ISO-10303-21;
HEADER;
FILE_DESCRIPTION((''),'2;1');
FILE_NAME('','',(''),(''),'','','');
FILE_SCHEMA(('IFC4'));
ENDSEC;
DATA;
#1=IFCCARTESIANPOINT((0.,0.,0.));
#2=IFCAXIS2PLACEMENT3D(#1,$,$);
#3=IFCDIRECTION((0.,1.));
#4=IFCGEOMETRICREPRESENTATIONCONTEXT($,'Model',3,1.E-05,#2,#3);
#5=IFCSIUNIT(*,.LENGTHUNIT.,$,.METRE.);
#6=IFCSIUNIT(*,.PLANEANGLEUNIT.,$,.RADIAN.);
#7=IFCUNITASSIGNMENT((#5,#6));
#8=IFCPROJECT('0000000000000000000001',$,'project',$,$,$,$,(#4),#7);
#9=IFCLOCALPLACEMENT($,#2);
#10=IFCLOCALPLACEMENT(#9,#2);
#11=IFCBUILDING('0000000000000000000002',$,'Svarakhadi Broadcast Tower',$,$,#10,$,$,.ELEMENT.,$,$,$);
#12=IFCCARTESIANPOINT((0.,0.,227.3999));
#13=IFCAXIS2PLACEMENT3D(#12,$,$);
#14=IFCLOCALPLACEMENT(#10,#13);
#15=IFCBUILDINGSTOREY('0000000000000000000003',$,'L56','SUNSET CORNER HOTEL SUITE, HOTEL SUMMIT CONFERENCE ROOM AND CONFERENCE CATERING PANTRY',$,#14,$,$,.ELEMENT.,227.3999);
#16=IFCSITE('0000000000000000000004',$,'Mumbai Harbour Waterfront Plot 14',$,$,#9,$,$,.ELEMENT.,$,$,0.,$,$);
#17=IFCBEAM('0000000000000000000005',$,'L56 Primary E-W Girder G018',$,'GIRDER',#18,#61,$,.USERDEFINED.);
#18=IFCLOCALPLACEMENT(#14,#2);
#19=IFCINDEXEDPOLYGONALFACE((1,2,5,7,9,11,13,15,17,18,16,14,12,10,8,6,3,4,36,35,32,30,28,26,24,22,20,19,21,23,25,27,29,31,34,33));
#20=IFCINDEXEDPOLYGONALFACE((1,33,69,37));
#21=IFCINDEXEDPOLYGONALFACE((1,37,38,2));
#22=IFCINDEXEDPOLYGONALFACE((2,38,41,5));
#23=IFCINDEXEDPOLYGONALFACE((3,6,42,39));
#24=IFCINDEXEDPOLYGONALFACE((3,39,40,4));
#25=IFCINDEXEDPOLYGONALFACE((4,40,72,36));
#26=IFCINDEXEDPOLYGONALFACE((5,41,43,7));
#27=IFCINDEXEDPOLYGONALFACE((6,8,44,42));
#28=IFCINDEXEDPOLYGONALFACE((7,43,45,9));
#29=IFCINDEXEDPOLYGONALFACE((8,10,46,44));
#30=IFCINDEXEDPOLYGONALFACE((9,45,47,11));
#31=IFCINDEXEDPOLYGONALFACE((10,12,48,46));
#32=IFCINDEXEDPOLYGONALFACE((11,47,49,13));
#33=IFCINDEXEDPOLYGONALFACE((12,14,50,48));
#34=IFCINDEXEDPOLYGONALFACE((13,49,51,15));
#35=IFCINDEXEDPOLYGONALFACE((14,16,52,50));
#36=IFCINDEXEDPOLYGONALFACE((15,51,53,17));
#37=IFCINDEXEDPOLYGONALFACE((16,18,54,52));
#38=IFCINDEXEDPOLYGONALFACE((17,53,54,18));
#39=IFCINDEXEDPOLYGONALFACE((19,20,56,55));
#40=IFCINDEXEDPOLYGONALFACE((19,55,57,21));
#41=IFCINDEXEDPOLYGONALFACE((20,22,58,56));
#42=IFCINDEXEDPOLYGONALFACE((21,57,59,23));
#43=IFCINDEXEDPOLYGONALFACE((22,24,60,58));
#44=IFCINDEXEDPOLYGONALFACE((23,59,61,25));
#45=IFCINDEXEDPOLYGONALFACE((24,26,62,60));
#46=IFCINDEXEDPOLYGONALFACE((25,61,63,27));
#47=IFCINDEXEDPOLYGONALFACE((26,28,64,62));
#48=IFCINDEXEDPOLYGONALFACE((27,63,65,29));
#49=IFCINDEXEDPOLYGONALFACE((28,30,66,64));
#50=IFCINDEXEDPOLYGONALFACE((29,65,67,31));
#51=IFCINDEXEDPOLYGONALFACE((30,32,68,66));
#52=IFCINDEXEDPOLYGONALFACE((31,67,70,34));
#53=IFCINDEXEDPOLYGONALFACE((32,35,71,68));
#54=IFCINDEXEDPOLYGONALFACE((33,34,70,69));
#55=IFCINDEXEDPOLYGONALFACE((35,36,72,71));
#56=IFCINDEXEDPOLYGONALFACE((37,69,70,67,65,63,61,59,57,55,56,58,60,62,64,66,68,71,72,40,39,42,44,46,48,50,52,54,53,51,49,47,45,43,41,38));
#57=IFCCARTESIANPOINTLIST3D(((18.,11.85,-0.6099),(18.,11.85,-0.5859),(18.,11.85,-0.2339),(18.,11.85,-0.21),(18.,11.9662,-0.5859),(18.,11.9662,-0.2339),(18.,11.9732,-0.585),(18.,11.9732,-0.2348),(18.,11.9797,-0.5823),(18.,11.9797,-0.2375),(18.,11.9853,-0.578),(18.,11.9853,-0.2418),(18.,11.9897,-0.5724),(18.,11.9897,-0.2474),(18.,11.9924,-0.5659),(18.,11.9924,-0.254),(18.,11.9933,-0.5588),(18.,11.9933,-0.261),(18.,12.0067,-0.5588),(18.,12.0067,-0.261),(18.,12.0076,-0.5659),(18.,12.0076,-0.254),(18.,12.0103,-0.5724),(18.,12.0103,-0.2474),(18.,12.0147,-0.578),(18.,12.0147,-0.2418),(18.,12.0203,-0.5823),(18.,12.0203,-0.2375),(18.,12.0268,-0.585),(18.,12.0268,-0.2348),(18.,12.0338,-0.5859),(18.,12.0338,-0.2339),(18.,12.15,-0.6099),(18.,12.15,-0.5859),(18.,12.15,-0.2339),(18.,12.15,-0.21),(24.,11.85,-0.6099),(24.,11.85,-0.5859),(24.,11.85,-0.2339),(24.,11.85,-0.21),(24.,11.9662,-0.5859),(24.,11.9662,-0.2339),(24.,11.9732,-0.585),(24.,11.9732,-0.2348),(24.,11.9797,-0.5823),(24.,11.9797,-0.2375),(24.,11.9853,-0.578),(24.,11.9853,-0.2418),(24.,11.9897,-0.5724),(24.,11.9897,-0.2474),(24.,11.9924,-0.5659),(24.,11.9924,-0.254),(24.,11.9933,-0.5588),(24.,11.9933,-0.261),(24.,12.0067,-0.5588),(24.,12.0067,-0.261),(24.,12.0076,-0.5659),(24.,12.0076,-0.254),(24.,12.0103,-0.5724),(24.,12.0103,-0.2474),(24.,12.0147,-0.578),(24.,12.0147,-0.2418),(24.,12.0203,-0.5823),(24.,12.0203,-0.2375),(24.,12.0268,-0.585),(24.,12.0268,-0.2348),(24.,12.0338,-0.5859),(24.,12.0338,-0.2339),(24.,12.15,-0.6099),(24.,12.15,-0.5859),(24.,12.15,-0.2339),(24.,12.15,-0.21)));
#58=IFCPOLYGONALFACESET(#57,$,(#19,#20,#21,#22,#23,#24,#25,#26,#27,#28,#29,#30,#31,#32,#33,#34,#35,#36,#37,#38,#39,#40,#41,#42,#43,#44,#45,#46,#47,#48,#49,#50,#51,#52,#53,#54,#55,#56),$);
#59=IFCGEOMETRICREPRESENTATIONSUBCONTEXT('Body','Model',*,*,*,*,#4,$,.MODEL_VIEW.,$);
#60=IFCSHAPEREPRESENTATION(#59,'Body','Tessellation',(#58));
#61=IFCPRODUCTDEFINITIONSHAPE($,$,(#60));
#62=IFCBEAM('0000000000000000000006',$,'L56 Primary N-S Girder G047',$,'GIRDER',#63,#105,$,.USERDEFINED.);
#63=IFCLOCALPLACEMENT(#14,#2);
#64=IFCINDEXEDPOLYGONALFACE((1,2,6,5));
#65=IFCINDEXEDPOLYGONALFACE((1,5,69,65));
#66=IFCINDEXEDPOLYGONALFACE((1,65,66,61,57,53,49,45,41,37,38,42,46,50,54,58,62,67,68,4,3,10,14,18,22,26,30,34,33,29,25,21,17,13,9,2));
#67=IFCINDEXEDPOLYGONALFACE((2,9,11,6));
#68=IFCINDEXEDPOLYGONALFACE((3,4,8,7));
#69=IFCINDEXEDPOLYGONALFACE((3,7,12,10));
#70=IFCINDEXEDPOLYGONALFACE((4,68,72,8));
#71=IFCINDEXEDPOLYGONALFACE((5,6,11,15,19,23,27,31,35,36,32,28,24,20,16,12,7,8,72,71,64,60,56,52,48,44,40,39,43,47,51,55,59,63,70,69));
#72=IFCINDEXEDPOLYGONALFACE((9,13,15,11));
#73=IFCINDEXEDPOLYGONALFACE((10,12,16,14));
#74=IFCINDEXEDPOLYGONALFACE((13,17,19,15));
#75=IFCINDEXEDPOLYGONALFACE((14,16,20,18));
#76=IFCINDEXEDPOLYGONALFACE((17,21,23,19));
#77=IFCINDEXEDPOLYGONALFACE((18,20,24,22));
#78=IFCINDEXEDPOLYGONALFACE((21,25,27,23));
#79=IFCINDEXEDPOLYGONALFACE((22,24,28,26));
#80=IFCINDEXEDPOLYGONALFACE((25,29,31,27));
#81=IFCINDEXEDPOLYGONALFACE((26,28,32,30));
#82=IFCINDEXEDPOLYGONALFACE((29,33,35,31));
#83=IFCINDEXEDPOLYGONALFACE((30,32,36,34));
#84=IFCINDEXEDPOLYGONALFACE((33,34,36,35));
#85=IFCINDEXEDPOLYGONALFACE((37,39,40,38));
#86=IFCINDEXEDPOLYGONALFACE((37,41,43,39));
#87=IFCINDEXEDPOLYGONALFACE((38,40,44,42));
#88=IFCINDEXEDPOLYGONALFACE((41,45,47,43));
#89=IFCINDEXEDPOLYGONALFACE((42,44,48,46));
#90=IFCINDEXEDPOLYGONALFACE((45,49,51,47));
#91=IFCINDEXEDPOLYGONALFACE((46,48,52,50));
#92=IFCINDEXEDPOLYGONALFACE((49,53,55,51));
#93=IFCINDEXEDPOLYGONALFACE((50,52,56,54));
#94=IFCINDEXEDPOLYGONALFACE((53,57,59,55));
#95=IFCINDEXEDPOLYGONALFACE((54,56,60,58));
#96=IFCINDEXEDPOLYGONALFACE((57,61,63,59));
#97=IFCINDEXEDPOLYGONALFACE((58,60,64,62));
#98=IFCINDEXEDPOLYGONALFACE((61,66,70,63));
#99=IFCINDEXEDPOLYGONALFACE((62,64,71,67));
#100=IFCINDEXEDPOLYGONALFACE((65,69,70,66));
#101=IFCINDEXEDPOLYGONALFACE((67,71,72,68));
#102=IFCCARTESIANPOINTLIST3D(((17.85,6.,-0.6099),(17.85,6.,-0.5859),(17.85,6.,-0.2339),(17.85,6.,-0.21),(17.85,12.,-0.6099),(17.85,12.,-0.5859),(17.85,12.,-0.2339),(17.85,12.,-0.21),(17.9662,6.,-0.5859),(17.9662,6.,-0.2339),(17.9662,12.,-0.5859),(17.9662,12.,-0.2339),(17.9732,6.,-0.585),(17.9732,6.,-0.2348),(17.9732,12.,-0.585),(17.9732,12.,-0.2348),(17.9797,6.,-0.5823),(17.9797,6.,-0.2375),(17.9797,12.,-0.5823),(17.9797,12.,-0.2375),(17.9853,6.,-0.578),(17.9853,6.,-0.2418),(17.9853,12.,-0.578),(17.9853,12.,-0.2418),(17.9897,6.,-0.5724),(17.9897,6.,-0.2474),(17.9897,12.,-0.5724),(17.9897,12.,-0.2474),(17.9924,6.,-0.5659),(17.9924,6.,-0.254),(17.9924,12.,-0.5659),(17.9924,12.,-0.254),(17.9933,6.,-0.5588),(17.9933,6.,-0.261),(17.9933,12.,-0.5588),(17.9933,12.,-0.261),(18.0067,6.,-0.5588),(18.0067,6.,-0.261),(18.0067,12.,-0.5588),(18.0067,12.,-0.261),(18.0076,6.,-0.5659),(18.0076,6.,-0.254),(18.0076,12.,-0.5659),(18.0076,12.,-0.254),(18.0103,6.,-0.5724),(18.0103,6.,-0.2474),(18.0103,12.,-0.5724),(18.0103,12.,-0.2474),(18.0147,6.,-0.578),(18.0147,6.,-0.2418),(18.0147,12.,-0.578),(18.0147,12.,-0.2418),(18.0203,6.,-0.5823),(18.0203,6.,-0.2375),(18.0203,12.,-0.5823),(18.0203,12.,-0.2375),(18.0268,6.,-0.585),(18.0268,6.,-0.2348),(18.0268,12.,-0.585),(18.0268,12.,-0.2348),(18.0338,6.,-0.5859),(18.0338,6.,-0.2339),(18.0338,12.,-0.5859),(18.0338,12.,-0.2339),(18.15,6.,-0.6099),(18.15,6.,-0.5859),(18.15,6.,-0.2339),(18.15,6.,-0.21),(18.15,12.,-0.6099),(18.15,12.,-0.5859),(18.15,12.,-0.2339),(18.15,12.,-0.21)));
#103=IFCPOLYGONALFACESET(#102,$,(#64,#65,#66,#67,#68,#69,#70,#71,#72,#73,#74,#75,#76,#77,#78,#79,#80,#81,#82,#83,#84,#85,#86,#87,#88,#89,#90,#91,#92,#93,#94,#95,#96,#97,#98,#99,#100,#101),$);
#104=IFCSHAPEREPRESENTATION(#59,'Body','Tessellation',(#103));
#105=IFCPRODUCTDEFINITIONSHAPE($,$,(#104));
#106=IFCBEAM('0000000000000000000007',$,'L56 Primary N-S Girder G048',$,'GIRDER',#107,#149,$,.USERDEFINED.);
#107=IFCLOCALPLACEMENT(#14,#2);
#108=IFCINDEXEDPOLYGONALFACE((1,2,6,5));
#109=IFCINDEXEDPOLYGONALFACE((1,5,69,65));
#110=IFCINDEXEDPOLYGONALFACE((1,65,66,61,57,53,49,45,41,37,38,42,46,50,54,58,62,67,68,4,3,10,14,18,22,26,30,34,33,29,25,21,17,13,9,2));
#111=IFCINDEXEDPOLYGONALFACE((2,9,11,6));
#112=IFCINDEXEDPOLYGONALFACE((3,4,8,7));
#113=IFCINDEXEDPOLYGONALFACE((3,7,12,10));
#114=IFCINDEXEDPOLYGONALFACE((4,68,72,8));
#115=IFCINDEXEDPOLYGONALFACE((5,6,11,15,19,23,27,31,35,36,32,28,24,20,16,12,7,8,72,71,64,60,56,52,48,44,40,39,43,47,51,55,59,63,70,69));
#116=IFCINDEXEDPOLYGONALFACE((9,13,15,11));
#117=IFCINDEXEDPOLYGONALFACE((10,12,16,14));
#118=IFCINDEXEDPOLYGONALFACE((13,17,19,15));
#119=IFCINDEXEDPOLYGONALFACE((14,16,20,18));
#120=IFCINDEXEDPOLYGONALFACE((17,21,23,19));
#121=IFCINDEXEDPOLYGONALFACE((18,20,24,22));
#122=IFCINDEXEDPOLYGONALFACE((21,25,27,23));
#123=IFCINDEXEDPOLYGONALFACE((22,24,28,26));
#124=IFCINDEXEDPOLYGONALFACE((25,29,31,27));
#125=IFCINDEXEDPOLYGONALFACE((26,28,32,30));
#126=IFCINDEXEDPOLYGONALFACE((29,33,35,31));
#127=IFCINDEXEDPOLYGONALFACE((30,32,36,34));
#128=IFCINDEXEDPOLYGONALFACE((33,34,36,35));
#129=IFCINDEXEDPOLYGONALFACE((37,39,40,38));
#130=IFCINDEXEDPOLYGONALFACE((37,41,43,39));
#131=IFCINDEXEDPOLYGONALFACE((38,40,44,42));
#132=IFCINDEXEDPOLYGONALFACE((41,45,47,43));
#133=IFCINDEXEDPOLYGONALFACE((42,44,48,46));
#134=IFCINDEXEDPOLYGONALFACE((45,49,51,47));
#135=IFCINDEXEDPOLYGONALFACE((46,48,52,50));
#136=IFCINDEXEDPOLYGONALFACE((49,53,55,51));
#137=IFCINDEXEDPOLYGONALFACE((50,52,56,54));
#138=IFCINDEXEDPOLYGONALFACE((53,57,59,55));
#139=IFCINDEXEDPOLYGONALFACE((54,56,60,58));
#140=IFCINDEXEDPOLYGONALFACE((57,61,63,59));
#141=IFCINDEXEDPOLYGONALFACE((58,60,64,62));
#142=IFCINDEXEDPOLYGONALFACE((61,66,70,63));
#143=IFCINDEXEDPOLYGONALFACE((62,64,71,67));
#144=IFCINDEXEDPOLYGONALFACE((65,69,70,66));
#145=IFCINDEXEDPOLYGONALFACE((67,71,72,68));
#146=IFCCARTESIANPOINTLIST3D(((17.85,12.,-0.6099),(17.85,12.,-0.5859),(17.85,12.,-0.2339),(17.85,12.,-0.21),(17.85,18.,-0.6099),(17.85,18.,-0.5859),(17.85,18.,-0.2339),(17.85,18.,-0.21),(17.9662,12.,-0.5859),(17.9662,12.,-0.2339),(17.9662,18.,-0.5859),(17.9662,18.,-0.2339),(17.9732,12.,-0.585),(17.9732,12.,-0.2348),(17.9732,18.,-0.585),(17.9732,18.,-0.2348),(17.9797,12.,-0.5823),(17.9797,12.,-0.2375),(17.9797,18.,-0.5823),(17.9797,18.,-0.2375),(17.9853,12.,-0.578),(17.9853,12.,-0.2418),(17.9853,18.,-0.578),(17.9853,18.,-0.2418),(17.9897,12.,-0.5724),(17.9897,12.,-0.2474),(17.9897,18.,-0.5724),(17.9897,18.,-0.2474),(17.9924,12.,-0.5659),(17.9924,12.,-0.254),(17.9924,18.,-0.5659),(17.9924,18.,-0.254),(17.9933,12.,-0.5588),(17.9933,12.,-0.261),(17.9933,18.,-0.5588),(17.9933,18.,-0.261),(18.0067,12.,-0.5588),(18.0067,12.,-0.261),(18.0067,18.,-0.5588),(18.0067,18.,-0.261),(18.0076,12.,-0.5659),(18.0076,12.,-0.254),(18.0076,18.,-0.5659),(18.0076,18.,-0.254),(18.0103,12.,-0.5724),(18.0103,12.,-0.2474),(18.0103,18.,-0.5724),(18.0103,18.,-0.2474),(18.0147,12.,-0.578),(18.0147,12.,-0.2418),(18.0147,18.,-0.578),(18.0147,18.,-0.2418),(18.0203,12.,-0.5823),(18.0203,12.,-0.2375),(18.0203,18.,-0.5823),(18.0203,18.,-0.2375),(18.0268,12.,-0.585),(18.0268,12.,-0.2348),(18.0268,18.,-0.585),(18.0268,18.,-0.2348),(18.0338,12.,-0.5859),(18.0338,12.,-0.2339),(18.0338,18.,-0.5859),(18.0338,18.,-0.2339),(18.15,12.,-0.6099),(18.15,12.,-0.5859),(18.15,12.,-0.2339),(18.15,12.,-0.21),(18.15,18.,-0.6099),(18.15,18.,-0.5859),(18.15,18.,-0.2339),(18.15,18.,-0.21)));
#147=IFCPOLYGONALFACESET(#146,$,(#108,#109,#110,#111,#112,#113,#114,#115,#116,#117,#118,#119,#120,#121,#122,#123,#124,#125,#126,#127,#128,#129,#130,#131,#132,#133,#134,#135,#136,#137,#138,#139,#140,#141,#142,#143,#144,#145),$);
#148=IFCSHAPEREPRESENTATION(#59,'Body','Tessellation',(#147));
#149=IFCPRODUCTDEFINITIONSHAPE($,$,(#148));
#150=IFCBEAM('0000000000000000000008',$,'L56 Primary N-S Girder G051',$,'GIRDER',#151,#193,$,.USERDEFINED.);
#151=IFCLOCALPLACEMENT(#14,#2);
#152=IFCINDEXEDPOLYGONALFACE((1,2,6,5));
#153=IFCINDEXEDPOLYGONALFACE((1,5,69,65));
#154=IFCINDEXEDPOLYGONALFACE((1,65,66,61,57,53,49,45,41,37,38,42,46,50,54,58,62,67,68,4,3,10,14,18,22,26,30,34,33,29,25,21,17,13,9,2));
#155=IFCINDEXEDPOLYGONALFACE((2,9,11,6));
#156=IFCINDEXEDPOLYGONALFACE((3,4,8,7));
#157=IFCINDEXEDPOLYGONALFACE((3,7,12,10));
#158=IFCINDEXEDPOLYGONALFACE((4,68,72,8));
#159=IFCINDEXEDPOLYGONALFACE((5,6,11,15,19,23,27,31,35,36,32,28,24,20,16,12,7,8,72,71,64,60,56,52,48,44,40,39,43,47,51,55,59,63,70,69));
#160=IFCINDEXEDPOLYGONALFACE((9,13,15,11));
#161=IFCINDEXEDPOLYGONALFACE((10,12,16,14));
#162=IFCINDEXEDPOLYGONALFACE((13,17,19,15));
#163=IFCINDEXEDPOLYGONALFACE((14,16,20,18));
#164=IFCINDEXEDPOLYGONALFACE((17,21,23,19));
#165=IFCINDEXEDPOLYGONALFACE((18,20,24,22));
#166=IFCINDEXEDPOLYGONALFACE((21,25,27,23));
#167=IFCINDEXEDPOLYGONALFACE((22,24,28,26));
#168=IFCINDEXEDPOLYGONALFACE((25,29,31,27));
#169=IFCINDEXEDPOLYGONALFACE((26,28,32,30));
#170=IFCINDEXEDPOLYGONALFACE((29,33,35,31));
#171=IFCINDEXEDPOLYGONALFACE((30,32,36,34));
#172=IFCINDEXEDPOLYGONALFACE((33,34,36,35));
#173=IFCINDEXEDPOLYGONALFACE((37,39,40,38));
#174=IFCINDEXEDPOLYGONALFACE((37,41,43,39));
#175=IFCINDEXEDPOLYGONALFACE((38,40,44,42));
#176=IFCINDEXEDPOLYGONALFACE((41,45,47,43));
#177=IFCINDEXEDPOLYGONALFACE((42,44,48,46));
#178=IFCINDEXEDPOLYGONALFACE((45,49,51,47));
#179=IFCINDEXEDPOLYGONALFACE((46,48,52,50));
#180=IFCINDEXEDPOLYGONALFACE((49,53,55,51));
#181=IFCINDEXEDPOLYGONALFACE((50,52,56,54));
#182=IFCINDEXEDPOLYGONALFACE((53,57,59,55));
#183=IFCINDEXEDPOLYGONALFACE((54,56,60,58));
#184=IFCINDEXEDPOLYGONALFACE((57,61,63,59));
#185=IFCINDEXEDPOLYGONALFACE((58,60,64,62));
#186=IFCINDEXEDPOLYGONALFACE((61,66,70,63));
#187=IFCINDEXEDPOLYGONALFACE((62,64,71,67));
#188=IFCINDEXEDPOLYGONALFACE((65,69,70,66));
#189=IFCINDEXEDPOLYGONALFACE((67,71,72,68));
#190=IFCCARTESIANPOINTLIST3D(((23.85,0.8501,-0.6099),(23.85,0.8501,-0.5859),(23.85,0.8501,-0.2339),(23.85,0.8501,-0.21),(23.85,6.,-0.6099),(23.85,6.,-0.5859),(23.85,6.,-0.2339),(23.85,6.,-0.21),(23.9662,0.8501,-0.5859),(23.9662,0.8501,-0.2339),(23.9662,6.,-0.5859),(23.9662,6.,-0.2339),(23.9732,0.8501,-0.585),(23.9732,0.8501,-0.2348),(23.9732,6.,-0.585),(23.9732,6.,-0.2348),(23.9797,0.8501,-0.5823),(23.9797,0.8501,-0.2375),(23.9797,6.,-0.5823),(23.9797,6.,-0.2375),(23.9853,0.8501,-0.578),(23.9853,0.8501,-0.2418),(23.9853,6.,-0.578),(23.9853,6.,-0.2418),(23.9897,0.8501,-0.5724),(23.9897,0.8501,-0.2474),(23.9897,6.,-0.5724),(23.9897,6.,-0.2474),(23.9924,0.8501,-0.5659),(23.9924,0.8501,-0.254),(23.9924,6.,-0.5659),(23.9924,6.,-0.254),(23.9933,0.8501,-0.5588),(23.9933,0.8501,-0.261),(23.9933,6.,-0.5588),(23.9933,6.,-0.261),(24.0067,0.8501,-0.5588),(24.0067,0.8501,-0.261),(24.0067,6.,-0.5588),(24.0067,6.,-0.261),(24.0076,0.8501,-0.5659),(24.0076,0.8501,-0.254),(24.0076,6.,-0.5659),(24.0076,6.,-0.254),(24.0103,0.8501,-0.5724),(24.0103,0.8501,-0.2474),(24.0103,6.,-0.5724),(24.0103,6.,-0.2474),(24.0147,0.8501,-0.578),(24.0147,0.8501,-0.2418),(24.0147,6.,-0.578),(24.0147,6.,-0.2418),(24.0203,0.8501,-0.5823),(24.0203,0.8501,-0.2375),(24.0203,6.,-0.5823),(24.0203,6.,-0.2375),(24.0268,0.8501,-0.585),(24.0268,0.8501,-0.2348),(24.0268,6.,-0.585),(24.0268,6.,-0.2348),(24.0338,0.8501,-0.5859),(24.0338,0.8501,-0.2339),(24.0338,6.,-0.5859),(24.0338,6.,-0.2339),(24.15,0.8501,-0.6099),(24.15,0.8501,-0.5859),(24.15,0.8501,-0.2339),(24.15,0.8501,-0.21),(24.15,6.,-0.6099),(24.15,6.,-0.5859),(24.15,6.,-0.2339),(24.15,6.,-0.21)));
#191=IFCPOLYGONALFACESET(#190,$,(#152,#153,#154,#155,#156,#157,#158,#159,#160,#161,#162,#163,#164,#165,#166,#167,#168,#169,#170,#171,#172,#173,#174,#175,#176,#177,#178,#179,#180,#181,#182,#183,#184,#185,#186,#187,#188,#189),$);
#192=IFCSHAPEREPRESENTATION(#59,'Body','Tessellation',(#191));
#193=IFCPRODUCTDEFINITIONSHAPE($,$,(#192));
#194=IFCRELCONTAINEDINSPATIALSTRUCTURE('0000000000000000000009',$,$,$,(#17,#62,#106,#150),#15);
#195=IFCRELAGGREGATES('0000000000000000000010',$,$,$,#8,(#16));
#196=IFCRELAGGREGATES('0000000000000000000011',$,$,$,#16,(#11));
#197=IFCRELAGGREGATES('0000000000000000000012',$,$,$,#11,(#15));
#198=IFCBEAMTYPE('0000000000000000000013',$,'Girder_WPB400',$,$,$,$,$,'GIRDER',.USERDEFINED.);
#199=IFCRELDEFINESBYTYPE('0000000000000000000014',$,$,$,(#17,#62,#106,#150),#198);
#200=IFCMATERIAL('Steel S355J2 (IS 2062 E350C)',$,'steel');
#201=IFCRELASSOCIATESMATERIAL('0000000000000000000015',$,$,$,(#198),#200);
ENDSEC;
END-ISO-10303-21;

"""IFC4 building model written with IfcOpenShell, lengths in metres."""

from ifc_helpers import new_model, si_unit, direction, frame, origin, origin_2d, place, context, subcontext, project, spatial, i_section, extrude, material, material_profile, profile_set, type_object, element, save


model = new_model("IFC4")

# Units and contexts
model_context = context("Model", 3, precision=1e-05, world=origin(), true_north=direction((0.0, 1.0)))
body_context = subcontext(model_context, "Body", "Model", "MODEL_VIEW")
ifc_project = project(units=[si_unit("LENGTHUNIT", "METRE"), si_unit("PLANEANGLEUNIT", "RADIAN")], contexts=[model_context])

# Site, building, storey
site_placement = place(None, origin())
site = spatial("IfcSite", under=ifc_project, at=site_placement, Name="Mumbai Harbour Waterfront Plot 14", CompositionType="ELEMENT", RefElevation=0.0)
building_placement = place(site_placement, origin())
building = spatial("IfcBuilding", under=site, at=building_placement, Name="Svarakhadi Broadcast Tower", CompositionType="ELEMENT")
storey_placement = place(building_placement, frame((0.0, 0.0, 227.3999)))
storey = spatial("IfcBuildingStorey", under=building, at=storey_placement, Name="L56", Description="SUNSET CORNER HOTEL SUITE, HOTEL SUMMIT CONFERENCE ROOM AND CONFERENCE CATERING PANTRY", CompositionType="ELEMENT", Elevation=227.3999)

# Beams
ifc_material_1 = material(Name="Steel S355J2 (IS 2062 E350C)", Category="steel")
ifc_material_profile_1 = material_profile(ifc_material_1, i_section(OverallWidth=0.3, OverallDepth=0.3999, WebThickness=0.0134, FlangeThickness=0.0239, FilletRadius=0.0271, at=origin_2d()), Name="WPB 400x300x155")
ifc_profile_set_1 = profile_set([ifc_material_profile_1], Name="Steel S355J2 (IS 2062 E350C)")
beam_type_1 = type_object("IfcBeamType", Name="Girder_WPB400", ElementType="GIRDER", PredefinedType="USERDEFINED", material=ifc_profile_set_1)
for number, where, z_axis, x_axis, name in (
    (1, (18.0, 12.0, -0.4099), (1.0, 0.0, 0.0), (0.0, 1.0, 0.0), "L56 Primary E-W Girder G018"),
    (2, (18.0, 6.0, -0.4099), (0.0, 1.0, 0.0), (-1.0, 0.0, 0.0), "L56 Primary N-S Girder G047"),
    (3, (18.0, 12.0, -0.4099), (0.0, 1.0, 0.0), (-1.0, 0.0, 0.0), "L56 Primary N-S Girder G048"),
):
    element("IfcBeam", number, at=place(storey_placement, frame(where, z_axis=z_axis, x_axis=x_axis)), inside=storey, type_object=beam_type_1, Name=name, ObjectType="GIRDER", PredefinedType="USERDEFINED", context=body_context, shape_type="SweptSolid", body=[
        extrude(i_section(OverallWidth=0.3, OverallDepth=0.3999, WebThickness=0.0134, FlangeThickness=0.0239, FilletRadius=0.0271, at=origin_2d()), origin(), (0.0, 0.0, 1.0), 6.0),
    ])
beam_1_placement = place(storey_placement, frame((24.0, 0.8501, -0.4099), z_axis=(0.0, 1.0, 0.0), x_axis=(-1.0, 0.0, 0.0)))
element("IfcBeam", 4, at=beam_1_placement, inside=storey, type_object=beam_type_1, Name="L56 Primary N-S Girder G051", ObjectType="GIRDER", PredefinedType="USERDEFINED", context=body_context, shape_type="SweptSolid", body=[
    extrude(i_section(OverallWidth=0.3, OverallDepth=0.3999, WebThickness=0.0134, FlangeThickness=0.0239, FilletRadius=0.0271, at=origin_2d()), origin(), (0.0, 0.0, 1.0), 5.1499),
])

save(model, "model.ifc")
